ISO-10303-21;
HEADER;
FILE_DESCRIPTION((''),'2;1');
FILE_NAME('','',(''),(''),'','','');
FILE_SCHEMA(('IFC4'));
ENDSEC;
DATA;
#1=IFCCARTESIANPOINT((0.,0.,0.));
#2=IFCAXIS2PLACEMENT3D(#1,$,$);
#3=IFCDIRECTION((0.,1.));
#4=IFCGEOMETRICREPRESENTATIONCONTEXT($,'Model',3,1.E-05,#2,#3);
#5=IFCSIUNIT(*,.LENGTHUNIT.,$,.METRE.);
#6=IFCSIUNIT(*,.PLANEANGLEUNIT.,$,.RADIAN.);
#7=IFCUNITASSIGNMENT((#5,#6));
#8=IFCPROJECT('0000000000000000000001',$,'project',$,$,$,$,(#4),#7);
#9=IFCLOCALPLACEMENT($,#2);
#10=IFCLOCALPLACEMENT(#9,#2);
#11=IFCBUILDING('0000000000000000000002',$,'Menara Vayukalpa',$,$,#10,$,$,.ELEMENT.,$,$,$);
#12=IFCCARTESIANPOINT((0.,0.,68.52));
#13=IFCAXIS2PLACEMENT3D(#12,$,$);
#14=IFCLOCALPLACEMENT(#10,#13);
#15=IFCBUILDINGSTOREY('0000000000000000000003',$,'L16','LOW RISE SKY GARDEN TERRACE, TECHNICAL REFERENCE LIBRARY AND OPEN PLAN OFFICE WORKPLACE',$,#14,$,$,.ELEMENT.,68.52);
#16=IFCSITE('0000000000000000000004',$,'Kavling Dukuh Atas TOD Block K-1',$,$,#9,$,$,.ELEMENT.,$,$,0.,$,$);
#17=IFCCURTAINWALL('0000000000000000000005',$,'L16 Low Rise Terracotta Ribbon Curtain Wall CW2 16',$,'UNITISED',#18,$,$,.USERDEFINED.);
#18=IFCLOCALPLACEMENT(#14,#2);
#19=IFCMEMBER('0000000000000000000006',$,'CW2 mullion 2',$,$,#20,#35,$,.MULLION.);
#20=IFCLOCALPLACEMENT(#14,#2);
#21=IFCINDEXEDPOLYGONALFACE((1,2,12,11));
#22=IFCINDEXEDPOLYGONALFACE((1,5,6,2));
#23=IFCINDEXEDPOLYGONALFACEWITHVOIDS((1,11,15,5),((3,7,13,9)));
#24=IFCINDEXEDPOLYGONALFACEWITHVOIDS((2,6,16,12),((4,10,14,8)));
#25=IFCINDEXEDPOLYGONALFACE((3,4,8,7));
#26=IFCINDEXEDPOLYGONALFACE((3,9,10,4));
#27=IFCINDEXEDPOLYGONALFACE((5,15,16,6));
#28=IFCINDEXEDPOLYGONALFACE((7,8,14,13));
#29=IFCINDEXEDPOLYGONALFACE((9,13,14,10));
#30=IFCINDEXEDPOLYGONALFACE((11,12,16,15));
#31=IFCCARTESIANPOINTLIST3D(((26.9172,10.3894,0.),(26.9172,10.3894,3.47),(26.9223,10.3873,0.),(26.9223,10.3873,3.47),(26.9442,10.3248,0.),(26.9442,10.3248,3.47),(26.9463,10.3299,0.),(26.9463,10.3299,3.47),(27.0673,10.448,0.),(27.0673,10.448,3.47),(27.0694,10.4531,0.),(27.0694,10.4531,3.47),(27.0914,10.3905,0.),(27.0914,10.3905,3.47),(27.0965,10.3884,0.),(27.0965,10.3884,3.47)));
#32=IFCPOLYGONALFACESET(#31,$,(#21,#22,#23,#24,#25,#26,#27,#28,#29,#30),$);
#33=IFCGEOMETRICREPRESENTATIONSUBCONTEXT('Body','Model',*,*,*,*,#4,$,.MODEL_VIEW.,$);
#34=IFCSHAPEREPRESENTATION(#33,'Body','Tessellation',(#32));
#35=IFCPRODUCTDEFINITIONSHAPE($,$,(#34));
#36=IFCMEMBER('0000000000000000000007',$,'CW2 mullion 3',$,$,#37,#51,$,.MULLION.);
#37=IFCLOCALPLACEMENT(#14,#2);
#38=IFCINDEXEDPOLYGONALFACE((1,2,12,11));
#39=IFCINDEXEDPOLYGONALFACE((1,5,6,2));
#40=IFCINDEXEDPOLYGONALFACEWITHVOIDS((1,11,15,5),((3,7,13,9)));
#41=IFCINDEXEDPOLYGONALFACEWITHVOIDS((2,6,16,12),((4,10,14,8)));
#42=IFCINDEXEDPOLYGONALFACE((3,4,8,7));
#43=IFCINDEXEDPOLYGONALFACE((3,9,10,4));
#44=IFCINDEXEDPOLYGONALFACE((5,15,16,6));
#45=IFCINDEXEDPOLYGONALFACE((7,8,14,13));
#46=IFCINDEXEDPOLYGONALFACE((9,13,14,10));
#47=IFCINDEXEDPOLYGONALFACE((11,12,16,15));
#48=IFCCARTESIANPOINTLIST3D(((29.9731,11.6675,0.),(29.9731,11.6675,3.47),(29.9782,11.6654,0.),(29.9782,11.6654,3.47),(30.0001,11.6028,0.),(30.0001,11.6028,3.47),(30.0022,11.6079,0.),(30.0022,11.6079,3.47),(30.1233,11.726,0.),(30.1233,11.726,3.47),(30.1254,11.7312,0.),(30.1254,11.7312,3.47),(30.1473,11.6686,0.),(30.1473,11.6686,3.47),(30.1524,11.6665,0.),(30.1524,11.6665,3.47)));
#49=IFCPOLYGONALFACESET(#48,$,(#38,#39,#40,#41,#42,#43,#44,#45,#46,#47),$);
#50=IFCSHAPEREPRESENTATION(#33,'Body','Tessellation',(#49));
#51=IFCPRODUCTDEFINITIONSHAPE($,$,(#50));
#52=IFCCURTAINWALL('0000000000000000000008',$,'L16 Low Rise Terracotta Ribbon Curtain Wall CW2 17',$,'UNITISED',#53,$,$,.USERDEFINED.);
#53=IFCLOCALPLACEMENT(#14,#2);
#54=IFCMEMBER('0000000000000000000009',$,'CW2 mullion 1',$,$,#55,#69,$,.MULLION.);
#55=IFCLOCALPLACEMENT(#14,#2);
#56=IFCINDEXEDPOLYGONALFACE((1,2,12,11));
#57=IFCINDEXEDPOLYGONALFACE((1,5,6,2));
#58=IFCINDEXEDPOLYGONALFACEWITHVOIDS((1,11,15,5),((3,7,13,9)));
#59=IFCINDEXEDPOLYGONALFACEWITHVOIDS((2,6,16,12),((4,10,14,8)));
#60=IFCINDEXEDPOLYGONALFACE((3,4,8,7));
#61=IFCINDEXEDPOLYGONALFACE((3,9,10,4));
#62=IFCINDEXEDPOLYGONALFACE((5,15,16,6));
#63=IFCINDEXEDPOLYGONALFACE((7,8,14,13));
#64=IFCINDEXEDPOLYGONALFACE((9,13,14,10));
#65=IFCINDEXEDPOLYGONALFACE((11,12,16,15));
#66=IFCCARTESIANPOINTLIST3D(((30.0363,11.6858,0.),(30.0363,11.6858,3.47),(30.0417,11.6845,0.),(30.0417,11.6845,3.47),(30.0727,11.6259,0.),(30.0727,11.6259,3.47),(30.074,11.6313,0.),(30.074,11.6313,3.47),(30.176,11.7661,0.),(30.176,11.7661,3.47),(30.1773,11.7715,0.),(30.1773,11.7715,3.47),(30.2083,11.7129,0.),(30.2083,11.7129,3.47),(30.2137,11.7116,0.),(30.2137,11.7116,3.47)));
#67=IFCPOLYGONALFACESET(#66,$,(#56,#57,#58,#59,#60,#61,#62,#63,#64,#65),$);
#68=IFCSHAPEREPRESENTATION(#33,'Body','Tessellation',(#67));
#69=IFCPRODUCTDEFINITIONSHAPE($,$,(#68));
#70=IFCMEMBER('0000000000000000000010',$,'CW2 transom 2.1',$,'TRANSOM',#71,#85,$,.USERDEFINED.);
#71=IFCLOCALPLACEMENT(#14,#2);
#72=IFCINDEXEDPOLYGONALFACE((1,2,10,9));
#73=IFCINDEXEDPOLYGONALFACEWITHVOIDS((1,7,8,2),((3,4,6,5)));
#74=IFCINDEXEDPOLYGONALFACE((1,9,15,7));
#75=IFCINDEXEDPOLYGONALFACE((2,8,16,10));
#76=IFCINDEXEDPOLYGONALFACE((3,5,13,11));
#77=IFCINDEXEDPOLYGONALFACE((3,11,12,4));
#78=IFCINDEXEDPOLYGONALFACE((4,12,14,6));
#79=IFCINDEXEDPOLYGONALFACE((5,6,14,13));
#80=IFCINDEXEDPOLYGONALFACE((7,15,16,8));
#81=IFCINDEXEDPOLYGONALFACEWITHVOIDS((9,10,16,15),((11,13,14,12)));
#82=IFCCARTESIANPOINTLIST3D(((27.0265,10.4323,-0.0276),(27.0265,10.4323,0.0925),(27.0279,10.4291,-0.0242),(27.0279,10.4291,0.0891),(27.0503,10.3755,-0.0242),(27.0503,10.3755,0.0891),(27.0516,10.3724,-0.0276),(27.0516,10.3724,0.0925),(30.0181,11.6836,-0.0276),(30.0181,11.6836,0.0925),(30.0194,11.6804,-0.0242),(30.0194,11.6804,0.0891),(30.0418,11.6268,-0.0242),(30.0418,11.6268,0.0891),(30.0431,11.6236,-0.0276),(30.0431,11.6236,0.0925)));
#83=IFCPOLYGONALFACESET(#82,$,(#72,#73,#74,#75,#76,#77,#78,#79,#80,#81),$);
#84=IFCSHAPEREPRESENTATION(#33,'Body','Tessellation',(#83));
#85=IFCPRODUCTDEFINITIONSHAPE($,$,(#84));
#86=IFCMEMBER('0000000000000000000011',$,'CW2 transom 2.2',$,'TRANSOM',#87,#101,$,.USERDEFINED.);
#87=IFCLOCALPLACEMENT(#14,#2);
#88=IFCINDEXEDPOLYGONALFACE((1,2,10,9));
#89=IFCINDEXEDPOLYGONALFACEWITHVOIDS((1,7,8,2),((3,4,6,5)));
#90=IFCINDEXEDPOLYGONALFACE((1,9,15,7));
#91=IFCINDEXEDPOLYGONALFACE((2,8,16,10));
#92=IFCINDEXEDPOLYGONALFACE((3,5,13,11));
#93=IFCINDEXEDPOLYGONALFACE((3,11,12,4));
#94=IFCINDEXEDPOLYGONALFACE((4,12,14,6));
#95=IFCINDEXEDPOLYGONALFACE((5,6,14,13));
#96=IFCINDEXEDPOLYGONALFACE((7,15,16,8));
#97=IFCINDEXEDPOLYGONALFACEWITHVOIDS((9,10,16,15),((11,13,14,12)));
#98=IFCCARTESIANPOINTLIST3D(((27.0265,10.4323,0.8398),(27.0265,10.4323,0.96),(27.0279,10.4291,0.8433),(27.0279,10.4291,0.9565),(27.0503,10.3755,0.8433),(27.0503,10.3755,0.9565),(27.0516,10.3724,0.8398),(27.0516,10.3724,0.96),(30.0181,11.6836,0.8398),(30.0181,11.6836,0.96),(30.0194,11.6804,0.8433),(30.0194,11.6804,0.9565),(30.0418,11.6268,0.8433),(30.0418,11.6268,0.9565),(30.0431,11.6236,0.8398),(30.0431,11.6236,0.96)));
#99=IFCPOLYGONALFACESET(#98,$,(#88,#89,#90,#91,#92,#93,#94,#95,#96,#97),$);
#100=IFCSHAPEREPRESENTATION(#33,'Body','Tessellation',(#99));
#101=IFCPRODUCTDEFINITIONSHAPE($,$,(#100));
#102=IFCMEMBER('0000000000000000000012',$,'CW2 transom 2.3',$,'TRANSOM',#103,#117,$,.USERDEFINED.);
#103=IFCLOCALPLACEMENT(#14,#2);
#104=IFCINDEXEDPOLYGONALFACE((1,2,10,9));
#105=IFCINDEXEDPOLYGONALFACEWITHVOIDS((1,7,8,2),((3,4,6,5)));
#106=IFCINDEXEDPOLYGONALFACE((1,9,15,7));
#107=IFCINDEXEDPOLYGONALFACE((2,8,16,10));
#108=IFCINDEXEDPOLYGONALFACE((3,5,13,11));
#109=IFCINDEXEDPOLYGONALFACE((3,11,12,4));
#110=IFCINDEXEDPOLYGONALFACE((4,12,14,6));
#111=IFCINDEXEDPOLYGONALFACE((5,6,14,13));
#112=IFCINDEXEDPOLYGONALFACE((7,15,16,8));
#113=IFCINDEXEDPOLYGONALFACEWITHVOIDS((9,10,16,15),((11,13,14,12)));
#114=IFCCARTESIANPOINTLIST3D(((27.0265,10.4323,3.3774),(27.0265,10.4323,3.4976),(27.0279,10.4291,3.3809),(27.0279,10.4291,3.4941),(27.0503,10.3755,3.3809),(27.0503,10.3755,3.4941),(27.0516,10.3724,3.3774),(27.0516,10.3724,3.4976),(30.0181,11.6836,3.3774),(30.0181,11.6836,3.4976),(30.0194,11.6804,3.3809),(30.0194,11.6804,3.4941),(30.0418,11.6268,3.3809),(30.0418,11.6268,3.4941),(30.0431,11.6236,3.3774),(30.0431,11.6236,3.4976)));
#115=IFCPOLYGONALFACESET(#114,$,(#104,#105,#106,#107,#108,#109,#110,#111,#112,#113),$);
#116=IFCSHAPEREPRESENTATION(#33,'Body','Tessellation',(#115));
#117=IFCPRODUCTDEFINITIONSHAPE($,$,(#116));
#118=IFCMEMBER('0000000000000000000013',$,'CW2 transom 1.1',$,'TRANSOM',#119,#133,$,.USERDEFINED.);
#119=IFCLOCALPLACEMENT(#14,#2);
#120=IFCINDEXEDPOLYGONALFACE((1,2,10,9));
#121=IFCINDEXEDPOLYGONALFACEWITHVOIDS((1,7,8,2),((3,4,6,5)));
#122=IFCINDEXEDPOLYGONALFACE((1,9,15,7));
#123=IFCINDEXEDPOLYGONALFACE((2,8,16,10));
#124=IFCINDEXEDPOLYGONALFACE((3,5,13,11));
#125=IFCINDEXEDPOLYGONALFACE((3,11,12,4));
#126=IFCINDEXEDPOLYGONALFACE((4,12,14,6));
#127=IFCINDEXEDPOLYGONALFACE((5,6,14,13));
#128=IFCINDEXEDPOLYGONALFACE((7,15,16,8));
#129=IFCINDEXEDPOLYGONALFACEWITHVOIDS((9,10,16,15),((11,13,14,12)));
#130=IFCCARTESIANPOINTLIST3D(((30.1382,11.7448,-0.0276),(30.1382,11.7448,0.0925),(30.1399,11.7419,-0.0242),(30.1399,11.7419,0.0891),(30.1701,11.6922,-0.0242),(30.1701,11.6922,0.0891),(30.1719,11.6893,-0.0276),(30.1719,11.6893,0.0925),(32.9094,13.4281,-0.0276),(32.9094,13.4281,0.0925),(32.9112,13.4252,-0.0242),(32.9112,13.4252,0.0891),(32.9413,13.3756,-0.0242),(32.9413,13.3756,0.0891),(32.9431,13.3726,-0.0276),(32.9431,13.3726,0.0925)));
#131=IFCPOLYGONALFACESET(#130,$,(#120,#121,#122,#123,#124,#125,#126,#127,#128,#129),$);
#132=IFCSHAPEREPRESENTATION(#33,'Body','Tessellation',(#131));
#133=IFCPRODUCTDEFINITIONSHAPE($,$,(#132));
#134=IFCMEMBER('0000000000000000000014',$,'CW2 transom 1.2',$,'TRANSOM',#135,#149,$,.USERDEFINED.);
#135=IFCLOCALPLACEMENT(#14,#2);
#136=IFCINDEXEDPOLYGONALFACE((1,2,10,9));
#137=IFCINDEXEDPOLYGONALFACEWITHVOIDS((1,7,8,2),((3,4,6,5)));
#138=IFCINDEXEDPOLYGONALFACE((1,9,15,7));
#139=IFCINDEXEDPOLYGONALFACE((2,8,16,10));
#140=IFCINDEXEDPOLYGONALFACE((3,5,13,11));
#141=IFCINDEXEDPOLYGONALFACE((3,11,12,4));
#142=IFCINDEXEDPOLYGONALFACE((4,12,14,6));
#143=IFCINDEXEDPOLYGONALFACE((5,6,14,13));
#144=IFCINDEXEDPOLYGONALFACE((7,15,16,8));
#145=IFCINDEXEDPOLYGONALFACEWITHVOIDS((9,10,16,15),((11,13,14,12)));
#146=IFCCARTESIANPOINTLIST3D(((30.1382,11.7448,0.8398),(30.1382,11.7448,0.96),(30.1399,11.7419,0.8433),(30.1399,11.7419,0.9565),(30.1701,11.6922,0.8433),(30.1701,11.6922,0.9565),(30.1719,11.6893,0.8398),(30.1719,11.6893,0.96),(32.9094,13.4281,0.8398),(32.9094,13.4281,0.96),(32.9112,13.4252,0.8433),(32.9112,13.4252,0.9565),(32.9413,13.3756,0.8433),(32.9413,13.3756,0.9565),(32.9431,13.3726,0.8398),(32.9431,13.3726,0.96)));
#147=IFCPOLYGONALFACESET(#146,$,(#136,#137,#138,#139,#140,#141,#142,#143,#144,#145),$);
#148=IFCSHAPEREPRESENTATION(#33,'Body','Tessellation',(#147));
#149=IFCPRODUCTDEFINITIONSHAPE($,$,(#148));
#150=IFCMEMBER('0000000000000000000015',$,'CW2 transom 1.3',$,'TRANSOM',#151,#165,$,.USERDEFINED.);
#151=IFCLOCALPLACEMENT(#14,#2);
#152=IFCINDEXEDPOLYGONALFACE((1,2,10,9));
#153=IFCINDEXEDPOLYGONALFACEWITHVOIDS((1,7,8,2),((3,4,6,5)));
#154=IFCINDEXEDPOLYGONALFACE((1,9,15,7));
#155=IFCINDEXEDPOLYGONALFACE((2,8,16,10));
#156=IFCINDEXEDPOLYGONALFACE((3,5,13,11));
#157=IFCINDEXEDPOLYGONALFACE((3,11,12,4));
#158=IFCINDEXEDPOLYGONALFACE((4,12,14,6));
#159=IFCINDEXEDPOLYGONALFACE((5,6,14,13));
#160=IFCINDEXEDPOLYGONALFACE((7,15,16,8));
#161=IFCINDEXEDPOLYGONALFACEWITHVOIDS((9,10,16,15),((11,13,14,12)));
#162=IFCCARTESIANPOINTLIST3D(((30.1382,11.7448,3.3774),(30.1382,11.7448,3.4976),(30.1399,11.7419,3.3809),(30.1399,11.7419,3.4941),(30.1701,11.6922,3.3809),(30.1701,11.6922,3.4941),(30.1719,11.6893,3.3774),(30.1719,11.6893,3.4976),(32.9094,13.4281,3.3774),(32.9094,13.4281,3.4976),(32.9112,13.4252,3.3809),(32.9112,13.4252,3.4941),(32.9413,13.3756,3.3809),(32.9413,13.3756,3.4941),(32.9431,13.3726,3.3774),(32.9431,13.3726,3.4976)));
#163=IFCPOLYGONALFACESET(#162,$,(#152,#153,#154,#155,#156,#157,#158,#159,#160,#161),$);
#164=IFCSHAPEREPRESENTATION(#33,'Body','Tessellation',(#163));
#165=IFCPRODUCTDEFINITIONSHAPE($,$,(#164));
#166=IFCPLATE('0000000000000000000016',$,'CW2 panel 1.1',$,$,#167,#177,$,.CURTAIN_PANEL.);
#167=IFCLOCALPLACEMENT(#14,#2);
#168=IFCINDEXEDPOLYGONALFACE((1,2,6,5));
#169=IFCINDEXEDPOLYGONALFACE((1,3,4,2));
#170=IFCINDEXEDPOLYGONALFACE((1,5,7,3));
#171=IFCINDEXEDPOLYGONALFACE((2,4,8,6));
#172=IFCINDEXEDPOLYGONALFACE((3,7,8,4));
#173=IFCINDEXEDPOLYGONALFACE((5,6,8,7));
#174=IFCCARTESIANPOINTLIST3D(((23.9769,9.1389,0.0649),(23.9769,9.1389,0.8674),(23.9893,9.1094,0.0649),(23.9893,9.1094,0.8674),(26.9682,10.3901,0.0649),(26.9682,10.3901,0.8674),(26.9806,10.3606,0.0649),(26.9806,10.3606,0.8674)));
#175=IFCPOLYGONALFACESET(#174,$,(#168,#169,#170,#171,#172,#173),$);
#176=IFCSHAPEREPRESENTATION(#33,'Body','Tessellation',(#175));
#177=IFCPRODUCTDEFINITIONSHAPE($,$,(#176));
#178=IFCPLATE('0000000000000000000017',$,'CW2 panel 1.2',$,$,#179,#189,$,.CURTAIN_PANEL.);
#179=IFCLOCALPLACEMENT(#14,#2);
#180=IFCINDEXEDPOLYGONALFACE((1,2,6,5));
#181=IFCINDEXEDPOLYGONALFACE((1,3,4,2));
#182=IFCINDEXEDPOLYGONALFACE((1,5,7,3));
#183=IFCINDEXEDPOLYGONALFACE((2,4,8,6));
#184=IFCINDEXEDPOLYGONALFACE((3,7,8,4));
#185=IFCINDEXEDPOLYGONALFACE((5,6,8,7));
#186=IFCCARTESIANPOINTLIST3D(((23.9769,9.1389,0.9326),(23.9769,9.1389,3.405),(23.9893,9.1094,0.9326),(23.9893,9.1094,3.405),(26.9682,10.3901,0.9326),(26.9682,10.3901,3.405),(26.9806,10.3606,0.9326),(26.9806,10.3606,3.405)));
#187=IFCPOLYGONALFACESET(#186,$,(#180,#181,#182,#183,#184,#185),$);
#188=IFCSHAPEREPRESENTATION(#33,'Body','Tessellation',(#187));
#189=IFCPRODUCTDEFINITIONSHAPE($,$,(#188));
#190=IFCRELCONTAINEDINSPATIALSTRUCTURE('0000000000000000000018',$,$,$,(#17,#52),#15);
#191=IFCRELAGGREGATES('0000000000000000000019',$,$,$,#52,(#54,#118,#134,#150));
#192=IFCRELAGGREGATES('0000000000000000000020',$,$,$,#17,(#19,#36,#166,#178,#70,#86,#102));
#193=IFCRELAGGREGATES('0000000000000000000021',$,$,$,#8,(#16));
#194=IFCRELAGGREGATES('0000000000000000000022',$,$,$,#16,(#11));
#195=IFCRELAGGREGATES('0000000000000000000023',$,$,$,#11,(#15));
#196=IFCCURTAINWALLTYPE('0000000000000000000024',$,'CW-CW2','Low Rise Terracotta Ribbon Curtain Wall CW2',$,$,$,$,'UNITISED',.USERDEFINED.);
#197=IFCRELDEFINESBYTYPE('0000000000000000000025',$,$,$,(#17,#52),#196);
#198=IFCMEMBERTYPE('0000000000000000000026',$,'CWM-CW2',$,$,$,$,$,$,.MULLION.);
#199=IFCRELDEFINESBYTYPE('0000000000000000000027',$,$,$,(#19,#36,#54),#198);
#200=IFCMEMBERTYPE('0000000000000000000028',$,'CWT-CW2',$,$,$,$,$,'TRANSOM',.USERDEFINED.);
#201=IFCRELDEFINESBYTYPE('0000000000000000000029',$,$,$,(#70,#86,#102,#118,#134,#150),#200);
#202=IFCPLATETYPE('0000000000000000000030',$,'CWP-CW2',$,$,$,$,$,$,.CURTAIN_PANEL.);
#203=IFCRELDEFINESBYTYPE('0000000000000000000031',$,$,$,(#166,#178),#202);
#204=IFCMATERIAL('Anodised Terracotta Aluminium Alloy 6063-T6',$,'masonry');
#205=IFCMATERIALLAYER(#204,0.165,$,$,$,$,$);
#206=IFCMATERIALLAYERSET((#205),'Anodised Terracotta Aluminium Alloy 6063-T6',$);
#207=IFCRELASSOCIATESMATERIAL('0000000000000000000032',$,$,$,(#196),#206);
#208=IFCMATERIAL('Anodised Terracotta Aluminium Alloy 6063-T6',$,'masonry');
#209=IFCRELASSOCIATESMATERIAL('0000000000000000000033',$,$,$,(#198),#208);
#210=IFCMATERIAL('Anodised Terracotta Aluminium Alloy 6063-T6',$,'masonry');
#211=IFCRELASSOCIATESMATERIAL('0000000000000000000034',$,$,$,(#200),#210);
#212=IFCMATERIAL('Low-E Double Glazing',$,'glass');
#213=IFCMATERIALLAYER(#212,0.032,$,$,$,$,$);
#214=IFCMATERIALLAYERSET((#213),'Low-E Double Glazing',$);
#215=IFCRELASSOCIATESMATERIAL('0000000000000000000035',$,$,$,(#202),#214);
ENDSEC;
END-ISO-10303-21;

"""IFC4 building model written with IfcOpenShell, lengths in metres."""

from ifc_helpers import new_model, si_unit, direction, frame, origin, origin_2d, place, context, subcontext, project, spatial, rectangle, hollow_rectangle, extrude, material, layer, layer_set, material_profile, profile_set, type_object, element, aggregate, save


model = new_model("IFC4")

# Units and contexts
model_context = context("Model", 3, precision=1e-05, world=origin(), true_north=direction((0.0, 1.0)))
body_context = subcontext(model_context, "Body", "Model", "MODEL_VIEW")
ifc_project = project(units=[si_unit("LENGTHUNIT", "METRE"), si_unit("PLANEANGLEUNIT", "RADIAN")], contexts=[model_context])

# Site, building, storey
site_placement = place(None, origin())
site = spatial("IfcSite", under=ifc_project, at=site_placement, Name="Kavling Dukuh Atas TOD Block K-1", CompositionType="ELEMENT", RefElevation=0.0)
building_placement = place(site_placement, origin())
building = spatial("IfcBuilding", under=site, at=building_placement, Name="Menara Vayukalpa", CompositionType="ELEMENT")
storey_placement = place(building_placement, frame((0.0, 0.0, 68.52)))
storey = spatial("IfcBuildingStorey", under=building, at=storey_placement, Name="L16", Description="LOW RISE SKY GARDEN TERRACE, TECHNICAL REFERENCE LIBRARY AND OPEN PLAN OFFICE WORKPLACE", CompositionType="ELEMENT", Elevation=68.52)

# Curtain wall, members
ifc_material_1 = material(Name="Anodised Terracotta Aluminium Alloy 6063-T6", Category="masonry")
ifc_layer_1 = layer(ifc_material_1, 0.165)
ifc_layer_set_1 = layer_set([ifc_layer_1], Name="Anodised Terracotta Aluminium Alloy 6063-T6")
curtain_wall_type = type_object("IfcCurtainWallType", Name="CW-CW2", Description="Low Rise Terracotta Ribbon Curtain Wall CW2", ElementType="UNITISED", PredefinedType="USERDEFINED", material=ifc_layer_set_1)
curtain_wall_1_placement = place(storey_placement, origin())
curtain_wall_1 = element("IfcCurtainWall", 1, at=curtain_wall_1_placement, inside=storey, type_object=curtain_wall_type, Name="L16 Low Rise Terracotta Ribbon Curtain Wall CW2 16", ObjectType="UNITISED", PredefinedType="USERDEFINED")
ifc_material_2 = material(Name="Anodised Terracotta Aluminium Alloy 6063-T6", Category="masonry")
ifc_material_profile_1 = material_profile(ifc_material_2, hollow_rectangle(XDim=0.0701, YDim=0.165, WallThickness=0.0039, at=origin_2d()), Name="ALU 70x165x4")
ifc_profile_set_1 = profile_set([ifc_material_profile_1], Name="Anodised Terracotta Aluminium Alloy 6063-T6")
member_type_1 = type_object("IfcMemberType", Name="CWM-CW2", PredefinedType="MULLION", material=ifc_profile_set_1)
member_1_placement = place(storey_placement, frame((27.0068, 10.3889, 0.0), z_axis=(0.0, 0.0, 1.0), x_axis=(-0.385895, 0.922543, 0.0)))
member_1 = element("IfcMember", 2, at=member_1_placement, type_object=member_type_1, Name="CW2 mullion 2", PredefinedType="MULLION", context=body_context, shape_type="SweptSolid", body=[
    extrude(hollow_rectangle(XDim=0.0701, YDim=0.165, WallThickness=0.0039, at=origin_2d()), origin(), (0.0, 0.0, 1.0), 3.47),
])
member_2_placement = place(storey_placement, frame((30.0627, 11.667, 0.0), z_axis=(0.0, 0.0, 1.0), x_axis=(-0.385895, 0.922543, 0.0)))
member_2 = element("IfcMember", 3, at=member_2_placement, type_object=member_type_1, Name="CW2 mullion 3", PredefinedType="MULLION", context=body_context, shape_type="SweptSolid", body=[
    extrude(hollow_rectangle(XDim=0.0701, YDim=0.165, WallThickness=0.0039, at=origin_2d()), origin(), (0.0, 0.0, 1.0), 3.47),
])

# Curtain wall, member
curtain_wall_2_placement = place(storey_placement, origin())
curtain_wall_2 = element("IfcCurtainWall", 4, at=curtain_wall_2_placement, inside=storey, type_object=curtain_wall_type, Name="L16 Low Rise Terracotta Ribbon Curtain Wall CW2 17", ObjectType="UNITISED", PredefinedType="USERDEFINED")
member_3_placement = place(storey_placement, frame((30.125, 11.6987, 0.0), z_axis=(0.0, 0.0, 1.0), x_axis=(-0.519182, 0.854664, 0.0)))
member_3 = element("IfcMember", 5, at=member_3_placement, type_object=member_type_1, Name="CW2 mullion 1", PredefinedType="MULLION", context=body_context, shape_type="SweptSolid", body=[
    extrude(hollow_rectangle(XDim=0.0701, YDim=0.165, WallThickness=0.0039, at=origin_2d()), origin(), (0.0, 0.0, 1.0), 3.47),
])

# Members
ifc_material_3 = material(Name="Anodised Terracotta Aluminium Alloy 6063-T6", Category="masonry")
ifc_material_profile_2 = material_profile(ifc_material_3, hollow_rectangle(XDim=0.0649, YDim=0.1201, WallThickness=0.0034, at=origin_2d()), Name="ALU 65x120x3.5")
ifc_profile_set_2 = profile_set([ifc_material_profile_2], Name="Anodised Terracotta Aluminium Alloy 6063-T6")
member_type_2 = type_object("IfcMemberType", Name="CWT-CW2", ElementType="TRANSOM", PredefinedType="USERDEFINED", material=ifc_profile_set_2)
member_4_placement = place(storey_placement, frame((27.0391, 10.4023, 0.0325), z_axis=(0.922553, 0.385871, 0.0), x_axis=(-0.385871, 0.922553, 0.0)))
member_4 = element("IfcMember", 6, at=member_4_placement, type_object=member_type_2, Name="CW2 transom 2.1", ObjectType="TRANSOM", PredefinedType="USERDEFINED", context=body_context, shape_type="SweptSolid", body=[
    extrude(hollow_rectangle(XDim=0.0649, YDim=0.1201, WallThickness=0.0034, at=origin_2d()), origin(), (0.0, 0.0, 1.0), 3.2427),
])
member_5_placement = place(storey_placement, frame((27.0391, 10.4023, 0.8999), z_axis=(0.922553, 0.385871, 0.0), x_axis=(-0.385871, 0.922553, 0.0)))
member_5 = element("IfcMember", 7, at=member_5_placement, type_object=member_type_2, Name="CW2 transom 2.2", ObjectType="TRANSOM", PredefinedType="USERDEFINED", context=body_context, shape_type="SweptSolid", body=[
    extrude(hollow_rectangle(XDim=0.0649, YDim=0.1201, WallThickness=0.0034, at=origin_2d()), origin(), (0.0, 0.0, 1.0), 3.2427),
])
member_6_placement = place(storey_placement, frame((27.0391, 10.4023, 3.4375), z_axis=(0.922553, 0.385871, 0.0), x_axis=(-0.385871, 0.922553, 0.0)))
member_6 = element("IfcMember", 8, at=member_6_placement, type_object=member_type_2, Name="CW2 transom 2.3", ObjectType="TRANSOM", PredefinedType="USERDEFINED", context=body_context, shape_type="SweptSolid", body=[
    extrude(hollow_rectangle(XDim=0.0649, YDim=0.1201, WallThickness=0.0034, at=origin_2d()), origin(), (0.0, 0.0, 1.0), 3.2427),
])
member_7_placement = place(storey_placement, frame((30.155, 11.717, 0.0325), z_axis=(0.854677, 0.519161, 0.0), x_axis=(-0.519161, 0.854677, 0.0)))
member_7 = element("IfcMember", 9, at=member_7_placement, type_object=member_type_2, Name="CW2 transom 1.1", ObjectType="TRANSOM", PredefinedType="USERDEFINED", context=body_context, shape_type="SweptSolid", body=[
    extrude(hollow_rectangle(XDim=0.0649, YDim=0.1201, WallThickness=0.0034, at=origin_2d()), origin(), (0.0, 0.0, 1.0), 3.2424),
])
member_8_placement = place(storey_placement, frame((30.155, 11.717, 0.8999), z_axis=(0.854677, 0.519161, 0.0), x_axis=(-0.519161, 0.854677, 0.0)))
member_8 = element("IfcMember", 10, at=member_8_placement, type_object=member_type_2, Name="CW2 transom 1.2", ObjectType="TRANSOM", PredefinedType="USERDEFINED", context=body_context, shape_type="SweptSolid", body=[
    extrude(hollow_rectangle(XDim=0.0649, YDim=0.1201, WallThickness=0.0034, at=origin_2d()), origin(), (0.0, 0.0, 1.0), 3.2424),
])
member_9_placement = place(storey_placement, frame((30.155, 11.717, 3.4375), z_axis=(0.854677, 0.519161, 0.0), x_axis=(-0.519161, 0.854677, 0.0)))
member_9 = element("IfcMember", 11, at=member_9_placement, type_object=member_type_2, Name="CW2 transom 1.3", ObjectType="TRANSOM", PredefinedType="USERDEFINED", context=body_context, shape_type="SweptSolid", body=[
    extrude(hollow_rectangle(XDim=0.0649, YDim=0.1201, WallThickness=0.0034, at=origin_2d()), origin(), (0.0, 0.0, 1.0), 3.2424),
])
aggregate(curtain_wall_2, [member_3, member_7, member_8, member_9])

# Plates
ifc_material_4 = material(Name="Low-E Double Glazing", Category="glass")
ifc_layer_2 = layer(ifc_material_4, 0.032)
ifc_layer_set_2 = layer_set([ifc_layer_2], Name="Low-E Double Glazing")
plate_type = type_object("IfcPlateType", Name="CWP-CW2", PredefinedType="CURTAIN_PANEL", material=ifc_layer_set_2)
plate_1_placement = place(storey_placement, frame((25.4788, 9.7498, 0.0649), z_axis=(0.0, 0.0, 1.0), x_axis=(0.922543, 0.385895, 0.0)))
plate_1 = element("IfcPlate", 12, at=plate_1_placement, type_object=plate_type, Name="CW2 panel 1.1", PredefinedType="CURTAIN_PANEL", context=body_context, shape_type="SweptSolid", body=[
    extrude(rectangle(XDim=3.2424, YDim=0.032, at=origin_2d()), origin(), (0.0, 0.0, 1.0), 0.8025),
])
plate_2_placement = place(storey_placement, frame((25.4788, 9.7498, 0.9326), z_axis=(0.0, 0.0, 1.0), x_axis=(0.922543, 0.385895, 0.0)))
plate_2 = element("IfcPlate", 13, at=plate_2_placement, type_object=plate_type, Name="CW2 panel 1.2", PredefinedType="CURTAIN_PANEL", context=body_context, shape_type="SweptSolid", body=[
    extrude(rectangle(XDim=3.2424, YDim=0.032, at=origin_2d()), origin(), (0.0, 0.0, 1.0), 2.4724),
])
aggregate(curtain_wall_1, [member_1, member_2, plate_1, plate_2, member_4, member_5, member_6])

save(model, "model.ifc")
